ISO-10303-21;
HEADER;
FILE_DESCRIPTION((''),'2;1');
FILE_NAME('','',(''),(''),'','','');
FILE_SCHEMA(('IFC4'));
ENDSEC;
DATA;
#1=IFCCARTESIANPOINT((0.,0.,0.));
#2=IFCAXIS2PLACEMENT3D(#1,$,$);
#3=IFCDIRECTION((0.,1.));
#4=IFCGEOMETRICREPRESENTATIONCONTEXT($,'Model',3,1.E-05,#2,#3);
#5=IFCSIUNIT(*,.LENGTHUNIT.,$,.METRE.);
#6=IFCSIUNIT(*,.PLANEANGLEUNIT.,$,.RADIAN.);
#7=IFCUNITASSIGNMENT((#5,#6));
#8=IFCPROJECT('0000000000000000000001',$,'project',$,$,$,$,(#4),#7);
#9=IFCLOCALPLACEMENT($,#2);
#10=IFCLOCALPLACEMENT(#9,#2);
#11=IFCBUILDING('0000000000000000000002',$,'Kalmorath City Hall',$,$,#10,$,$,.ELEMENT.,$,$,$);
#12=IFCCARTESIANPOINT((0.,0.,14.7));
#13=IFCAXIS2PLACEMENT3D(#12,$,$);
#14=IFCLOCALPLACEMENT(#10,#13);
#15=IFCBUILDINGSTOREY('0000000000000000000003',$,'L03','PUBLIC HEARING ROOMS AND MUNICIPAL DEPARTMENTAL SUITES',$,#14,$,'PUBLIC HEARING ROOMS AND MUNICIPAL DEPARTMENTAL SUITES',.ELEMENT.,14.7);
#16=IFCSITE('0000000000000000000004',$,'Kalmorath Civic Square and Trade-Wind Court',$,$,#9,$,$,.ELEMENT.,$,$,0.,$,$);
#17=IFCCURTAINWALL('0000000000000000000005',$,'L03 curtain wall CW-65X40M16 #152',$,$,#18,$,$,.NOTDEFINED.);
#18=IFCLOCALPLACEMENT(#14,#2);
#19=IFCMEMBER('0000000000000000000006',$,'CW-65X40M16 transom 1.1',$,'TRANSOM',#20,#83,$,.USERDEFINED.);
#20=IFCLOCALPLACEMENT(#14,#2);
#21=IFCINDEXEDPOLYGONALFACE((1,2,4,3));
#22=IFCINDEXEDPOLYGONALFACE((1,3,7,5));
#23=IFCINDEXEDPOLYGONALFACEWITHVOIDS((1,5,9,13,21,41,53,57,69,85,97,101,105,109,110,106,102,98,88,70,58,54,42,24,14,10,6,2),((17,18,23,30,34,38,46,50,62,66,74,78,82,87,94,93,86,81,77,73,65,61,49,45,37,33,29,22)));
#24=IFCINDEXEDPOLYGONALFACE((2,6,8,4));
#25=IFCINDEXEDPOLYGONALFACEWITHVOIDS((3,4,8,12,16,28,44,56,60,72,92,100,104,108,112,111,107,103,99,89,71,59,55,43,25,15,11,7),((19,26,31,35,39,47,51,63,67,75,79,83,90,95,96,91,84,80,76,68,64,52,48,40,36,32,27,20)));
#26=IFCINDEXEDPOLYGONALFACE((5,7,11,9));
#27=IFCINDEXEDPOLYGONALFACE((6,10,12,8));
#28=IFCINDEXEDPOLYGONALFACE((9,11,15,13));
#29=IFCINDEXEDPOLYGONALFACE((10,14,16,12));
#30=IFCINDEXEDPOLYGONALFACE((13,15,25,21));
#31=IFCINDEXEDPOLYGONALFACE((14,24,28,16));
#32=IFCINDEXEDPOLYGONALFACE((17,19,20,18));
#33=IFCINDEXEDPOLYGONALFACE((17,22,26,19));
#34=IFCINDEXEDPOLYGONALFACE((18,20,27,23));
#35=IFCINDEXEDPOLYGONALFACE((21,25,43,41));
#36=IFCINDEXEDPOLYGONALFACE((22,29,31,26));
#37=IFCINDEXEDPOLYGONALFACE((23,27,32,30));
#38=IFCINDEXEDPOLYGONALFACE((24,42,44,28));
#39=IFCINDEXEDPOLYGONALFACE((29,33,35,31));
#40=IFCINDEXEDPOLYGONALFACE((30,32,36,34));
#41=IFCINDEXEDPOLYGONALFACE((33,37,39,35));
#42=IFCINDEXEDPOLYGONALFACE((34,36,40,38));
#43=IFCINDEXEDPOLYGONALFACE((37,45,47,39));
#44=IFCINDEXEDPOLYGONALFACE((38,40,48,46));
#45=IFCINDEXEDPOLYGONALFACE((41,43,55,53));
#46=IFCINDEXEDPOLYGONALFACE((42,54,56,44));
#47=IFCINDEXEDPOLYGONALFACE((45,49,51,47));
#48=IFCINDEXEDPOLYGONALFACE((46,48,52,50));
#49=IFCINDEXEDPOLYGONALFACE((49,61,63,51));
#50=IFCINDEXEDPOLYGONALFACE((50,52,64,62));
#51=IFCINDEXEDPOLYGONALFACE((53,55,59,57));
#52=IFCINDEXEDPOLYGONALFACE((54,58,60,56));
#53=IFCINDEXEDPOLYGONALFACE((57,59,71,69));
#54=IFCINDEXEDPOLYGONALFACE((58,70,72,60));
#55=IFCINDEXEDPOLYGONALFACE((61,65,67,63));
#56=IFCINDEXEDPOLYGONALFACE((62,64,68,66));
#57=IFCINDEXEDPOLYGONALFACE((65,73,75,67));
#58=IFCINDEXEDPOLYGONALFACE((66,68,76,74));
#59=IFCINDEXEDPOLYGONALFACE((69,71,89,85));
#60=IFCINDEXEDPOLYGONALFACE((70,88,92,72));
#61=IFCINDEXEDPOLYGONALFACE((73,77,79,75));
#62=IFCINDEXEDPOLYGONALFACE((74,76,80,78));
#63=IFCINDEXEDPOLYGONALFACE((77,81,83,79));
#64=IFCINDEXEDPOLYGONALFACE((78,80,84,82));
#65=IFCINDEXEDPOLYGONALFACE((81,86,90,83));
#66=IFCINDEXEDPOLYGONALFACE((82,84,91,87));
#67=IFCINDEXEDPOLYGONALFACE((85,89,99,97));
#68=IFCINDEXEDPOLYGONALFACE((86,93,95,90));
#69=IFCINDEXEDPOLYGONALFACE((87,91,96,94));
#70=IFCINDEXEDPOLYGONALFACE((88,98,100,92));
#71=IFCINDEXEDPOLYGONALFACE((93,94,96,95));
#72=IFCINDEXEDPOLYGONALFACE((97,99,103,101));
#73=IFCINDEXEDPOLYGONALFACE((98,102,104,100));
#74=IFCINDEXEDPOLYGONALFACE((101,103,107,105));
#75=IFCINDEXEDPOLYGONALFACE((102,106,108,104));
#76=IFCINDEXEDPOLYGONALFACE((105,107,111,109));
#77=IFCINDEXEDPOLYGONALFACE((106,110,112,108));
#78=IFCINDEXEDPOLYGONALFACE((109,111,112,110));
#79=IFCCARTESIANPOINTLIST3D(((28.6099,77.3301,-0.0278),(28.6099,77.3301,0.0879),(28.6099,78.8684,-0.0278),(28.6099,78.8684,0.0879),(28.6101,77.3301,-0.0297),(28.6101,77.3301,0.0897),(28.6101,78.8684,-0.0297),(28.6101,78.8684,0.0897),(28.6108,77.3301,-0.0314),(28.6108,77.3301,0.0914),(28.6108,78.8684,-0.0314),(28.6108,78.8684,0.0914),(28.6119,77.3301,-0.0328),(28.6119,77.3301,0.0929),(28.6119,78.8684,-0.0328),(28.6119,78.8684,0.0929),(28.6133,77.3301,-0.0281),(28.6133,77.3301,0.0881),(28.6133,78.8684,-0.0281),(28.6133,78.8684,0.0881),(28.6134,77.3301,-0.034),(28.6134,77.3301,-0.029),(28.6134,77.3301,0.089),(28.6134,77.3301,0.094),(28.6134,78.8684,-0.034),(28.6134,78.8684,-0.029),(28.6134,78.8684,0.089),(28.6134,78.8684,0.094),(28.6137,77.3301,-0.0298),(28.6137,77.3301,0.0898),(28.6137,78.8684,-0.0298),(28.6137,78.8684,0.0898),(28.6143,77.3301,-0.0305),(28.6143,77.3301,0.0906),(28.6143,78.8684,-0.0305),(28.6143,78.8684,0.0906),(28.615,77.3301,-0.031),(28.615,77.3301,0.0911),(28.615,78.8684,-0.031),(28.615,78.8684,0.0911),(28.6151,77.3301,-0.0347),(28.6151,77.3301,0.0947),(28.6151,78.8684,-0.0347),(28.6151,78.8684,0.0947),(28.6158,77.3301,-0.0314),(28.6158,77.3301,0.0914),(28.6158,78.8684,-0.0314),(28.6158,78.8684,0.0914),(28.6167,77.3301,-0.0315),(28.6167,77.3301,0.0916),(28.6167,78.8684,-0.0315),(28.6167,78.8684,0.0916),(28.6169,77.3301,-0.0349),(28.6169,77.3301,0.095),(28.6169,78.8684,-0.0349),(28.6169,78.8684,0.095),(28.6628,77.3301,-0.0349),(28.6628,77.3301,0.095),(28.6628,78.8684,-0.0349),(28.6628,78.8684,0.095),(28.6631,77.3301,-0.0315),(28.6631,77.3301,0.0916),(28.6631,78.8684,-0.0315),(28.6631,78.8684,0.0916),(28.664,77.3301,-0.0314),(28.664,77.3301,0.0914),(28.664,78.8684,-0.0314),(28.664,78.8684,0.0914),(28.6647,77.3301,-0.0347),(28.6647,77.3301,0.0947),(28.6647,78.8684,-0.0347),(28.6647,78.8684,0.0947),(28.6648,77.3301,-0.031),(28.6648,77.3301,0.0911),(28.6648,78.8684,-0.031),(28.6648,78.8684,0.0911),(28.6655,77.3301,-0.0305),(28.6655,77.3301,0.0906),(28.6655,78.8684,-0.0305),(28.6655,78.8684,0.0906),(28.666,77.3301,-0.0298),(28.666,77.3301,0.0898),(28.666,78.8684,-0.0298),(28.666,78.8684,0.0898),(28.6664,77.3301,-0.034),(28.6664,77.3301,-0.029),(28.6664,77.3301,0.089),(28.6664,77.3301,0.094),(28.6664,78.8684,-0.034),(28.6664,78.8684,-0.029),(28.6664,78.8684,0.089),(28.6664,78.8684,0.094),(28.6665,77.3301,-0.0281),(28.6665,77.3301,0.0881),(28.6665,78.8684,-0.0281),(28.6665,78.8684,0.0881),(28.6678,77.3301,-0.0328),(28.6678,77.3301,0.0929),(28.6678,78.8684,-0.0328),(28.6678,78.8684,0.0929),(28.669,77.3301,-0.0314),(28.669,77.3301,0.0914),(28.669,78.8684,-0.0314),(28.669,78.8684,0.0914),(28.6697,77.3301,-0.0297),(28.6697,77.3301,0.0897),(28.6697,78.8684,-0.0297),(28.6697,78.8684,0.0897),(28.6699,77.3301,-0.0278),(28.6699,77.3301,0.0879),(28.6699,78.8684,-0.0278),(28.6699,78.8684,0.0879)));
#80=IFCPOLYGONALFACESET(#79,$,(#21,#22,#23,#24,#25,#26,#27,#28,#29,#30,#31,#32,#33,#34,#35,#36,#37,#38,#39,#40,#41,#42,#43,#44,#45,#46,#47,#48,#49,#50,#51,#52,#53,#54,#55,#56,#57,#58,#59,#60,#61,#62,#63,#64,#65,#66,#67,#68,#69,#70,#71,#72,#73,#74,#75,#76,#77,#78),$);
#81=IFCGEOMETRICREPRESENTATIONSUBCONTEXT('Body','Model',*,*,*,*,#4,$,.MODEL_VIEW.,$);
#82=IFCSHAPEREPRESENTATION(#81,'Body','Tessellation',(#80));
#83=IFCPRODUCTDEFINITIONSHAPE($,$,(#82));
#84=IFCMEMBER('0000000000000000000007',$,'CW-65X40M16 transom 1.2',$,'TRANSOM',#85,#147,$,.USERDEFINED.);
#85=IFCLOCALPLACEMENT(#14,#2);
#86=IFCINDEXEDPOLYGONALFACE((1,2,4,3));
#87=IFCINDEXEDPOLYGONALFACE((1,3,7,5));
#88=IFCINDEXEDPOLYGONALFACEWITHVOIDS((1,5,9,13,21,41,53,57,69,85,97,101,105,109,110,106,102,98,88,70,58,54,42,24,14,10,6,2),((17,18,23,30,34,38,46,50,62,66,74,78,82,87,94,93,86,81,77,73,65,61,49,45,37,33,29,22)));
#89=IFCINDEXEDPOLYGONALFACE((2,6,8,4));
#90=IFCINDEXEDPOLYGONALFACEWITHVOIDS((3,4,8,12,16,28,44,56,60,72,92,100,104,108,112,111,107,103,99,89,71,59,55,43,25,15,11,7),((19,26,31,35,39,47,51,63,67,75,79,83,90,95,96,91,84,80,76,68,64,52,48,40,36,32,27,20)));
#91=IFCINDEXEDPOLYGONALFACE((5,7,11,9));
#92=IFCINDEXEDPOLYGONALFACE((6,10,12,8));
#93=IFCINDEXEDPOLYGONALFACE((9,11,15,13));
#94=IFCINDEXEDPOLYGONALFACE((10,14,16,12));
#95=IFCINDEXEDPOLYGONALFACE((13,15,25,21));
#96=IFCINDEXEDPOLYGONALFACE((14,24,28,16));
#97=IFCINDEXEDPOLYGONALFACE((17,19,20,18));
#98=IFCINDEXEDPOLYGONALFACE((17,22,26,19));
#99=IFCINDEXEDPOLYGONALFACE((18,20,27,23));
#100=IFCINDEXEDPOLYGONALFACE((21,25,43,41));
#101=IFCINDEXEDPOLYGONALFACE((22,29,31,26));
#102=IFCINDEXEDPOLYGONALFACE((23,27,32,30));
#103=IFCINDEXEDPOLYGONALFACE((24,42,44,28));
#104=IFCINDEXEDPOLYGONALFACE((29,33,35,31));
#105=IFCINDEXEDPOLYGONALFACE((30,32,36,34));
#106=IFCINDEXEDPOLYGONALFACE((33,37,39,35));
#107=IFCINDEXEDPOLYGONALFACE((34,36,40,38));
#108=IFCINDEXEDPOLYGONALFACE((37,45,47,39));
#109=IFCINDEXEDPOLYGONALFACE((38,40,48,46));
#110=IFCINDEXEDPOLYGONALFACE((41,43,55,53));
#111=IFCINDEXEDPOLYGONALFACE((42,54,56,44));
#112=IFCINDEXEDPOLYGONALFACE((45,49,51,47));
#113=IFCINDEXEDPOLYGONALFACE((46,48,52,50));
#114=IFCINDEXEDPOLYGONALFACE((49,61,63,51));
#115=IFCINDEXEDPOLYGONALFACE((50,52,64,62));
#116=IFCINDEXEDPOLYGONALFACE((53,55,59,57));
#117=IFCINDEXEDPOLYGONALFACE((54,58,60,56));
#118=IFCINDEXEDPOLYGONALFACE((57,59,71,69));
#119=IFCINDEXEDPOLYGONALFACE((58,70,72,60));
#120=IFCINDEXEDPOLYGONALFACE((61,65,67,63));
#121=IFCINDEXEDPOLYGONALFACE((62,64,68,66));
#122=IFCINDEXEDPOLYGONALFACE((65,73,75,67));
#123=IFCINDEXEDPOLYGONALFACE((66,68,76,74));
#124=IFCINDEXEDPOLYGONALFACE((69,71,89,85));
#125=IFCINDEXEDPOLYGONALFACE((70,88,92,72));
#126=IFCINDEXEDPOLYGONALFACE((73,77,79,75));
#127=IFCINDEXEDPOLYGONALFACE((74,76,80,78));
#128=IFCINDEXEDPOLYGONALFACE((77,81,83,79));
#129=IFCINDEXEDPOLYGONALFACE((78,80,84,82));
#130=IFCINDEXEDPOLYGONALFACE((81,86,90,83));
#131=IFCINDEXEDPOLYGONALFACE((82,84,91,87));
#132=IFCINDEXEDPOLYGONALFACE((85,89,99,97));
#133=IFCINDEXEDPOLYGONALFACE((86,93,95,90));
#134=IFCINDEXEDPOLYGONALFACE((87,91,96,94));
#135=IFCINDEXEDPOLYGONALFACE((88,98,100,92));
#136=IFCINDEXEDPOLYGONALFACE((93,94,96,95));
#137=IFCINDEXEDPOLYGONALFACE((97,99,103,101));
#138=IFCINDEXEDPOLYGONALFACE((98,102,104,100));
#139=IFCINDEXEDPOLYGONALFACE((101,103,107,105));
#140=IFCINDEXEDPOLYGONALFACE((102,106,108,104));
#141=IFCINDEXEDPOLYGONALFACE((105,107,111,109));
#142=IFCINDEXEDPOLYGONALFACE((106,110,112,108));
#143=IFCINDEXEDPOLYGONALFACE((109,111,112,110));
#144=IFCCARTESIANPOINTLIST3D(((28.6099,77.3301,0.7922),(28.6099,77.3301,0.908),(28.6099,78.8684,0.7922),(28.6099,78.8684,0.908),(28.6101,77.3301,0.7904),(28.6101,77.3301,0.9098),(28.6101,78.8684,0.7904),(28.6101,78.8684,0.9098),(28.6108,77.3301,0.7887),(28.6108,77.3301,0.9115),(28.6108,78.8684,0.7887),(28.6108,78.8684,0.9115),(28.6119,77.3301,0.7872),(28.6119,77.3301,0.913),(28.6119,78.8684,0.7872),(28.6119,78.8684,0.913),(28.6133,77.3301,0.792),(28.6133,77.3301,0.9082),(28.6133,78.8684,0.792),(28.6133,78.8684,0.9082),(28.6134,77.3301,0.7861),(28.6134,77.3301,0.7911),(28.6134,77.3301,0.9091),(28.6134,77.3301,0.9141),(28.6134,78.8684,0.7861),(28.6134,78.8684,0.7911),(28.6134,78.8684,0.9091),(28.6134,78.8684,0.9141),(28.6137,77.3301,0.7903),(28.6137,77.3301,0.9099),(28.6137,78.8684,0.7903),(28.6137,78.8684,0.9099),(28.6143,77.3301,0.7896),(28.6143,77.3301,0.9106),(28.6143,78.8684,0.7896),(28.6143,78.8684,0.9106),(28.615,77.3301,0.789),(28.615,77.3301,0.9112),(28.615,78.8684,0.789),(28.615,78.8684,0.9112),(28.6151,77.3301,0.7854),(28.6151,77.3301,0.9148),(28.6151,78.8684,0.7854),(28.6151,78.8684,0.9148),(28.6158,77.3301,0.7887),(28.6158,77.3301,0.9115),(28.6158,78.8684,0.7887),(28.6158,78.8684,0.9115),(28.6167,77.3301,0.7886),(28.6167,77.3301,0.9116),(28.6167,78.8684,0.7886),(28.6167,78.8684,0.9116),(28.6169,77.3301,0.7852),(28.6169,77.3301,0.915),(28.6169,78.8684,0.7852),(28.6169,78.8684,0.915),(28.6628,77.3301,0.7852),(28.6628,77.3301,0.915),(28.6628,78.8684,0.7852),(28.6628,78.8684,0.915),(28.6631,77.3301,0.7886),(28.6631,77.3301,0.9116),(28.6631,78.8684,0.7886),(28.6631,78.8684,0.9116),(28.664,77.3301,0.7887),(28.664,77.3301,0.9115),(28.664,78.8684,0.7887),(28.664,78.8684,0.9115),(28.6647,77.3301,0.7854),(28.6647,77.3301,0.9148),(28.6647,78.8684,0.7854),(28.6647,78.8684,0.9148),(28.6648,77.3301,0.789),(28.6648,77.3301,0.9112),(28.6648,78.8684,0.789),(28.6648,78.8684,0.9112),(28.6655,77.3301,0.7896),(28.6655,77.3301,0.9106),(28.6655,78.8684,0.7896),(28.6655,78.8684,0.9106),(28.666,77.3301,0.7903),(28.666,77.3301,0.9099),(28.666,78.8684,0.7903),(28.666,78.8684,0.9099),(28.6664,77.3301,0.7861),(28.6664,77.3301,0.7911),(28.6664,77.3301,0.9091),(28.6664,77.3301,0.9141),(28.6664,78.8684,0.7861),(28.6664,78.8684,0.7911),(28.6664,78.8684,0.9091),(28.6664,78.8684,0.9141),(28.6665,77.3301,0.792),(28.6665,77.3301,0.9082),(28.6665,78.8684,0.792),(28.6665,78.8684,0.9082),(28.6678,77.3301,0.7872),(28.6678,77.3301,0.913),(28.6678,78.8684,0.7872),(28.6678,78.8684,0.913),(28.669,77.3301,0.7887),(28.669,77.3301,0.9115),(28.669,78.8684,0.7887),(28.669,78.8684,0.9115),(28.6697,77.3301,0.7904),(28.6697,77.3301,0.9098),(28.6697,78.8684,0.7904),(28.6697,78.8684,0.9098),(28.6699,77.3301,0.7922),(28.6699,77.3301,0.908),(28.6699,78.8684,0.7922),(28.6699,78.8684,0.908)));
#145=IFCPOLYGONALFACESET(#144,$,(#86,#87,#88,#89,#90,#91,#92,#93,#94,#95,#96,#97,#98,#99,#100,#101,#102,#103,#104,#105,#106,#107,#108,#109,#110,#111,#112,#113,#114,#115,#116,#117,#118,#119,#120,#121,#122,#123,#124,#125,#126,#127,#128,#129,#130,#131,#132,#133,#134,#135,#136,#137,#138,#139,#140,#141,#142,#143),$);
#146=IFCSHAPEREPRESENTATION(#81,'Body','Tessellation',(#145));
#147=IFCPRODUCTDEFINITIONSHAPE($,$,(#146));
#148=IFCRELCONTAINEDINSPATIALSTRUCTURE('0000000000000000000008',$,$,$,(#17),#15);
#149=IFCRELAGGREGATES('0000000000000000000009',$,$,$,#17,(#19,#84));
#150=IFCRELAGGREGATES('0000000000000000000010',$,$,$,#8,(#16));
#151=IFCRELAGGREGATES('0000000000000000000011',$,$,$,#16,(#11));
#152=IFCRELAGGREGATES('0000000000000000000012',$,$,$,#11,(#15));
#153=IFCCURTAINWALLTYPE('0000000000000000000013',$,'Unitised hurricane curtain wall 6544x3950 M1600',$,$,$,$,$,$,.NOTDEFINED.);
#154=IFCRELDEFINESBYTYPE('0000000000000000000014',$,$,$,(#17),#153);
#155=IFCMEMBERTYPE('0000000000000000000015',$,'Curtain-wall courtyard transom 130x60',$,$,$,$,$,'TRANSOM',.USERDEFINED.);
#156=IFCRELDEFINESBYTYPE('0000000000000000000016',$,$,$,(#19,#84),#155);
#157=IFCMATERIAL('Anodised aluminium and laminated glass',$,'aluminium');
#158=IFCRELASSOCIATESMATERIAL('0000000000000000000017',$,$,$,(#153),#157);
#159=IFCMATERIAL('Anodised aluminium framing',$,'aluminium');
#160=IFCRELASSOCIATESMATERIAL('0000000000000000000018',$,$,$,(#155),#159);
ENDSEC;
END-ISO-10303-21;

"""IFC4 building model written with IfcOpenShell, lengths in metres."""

from ifc_helpers import new_model, si_unit, direction, frame, origin, origin_2d, place, context, subcontext, project, spatial, hollow_rectangle, extrude, material, material_profile, profile_set, type_object, element, aggregate, save


model = new_model("IFC4")

# Units and contexts
model_context = context("Model", 3, precision=1e-05, world=origin(), true_north=direction((0.0, 1.0)))
body_context = subcontext(model_context, "Body", "Model", "MODEL_VIEW")
ifc_project = project(units=[si_unit("LENGTHUNIT", "METRE"), si_unit("PLANEANGLEUNIT", "RADIAN")], contexts=[model_context])

# Site, building, storey
site_placement = place(None, origin())
site = spatial("IfcSite", under=ifc_project, at=site_placement, Name="Kalmorath Civic Square and Trade-Wind Court", CompositionType="ELEMENT", RefElevation=0.0)
building_placement = place(site_placement, origin())
building = spatial("IfcBuilding", under=site, at=building_placement, Name="Kalmorath City Hall", CompositionType="ELEMENT")
storey_placement = place(building_placement, frame((0.0, 0.0, 14.7)))
storey = spatial("IfcBuildingStorey", under=building, at=storey_placement, Name="L03", Description="PUBLIC HEARING ROOMS AND MUNICIPAL DEPARTMENTAL SUITES", LongName="PUBLIC HEARING ROOMS AND MUNICIPAL DEPARTMENTAL SUITES", CompositionType="ELEMENT", Elevation=14.7)

# Curtain wall, members
ifc_material_1 = material(Name="Anodised aluminium and laminated glass", Category="aluminium")
curtain_wall_type = type_object("IfcCurtainWallType", Name="Unitised hurricane curtain wall 6544x3950 M1600", PredefinedType="NOTDEFINED", material=ifc_material_1)
curtain_wall_placement = place(storey_placement, origin())
curtain_wall = element("IfcCurtainWall", 1, at=curtain_wall_placement, inside=storey, type_object=curtain_wall_type, Name="L03 curtain wall CW-65X40M16 #152", PredefinedType="NOTDEFINED")
ifc_material_2 = material(Name="Anodised aluminium framing", Category="aluminium")
ifc_material_profile_1 = material_profile(ifc_material_2, hollow_rectangle(XDim=0.0601, YDim=0.1299, WallThickness=0.0034, InnerFilletRadius=0.0034, OuterFilletRadius=0.0071, at=origin_2d()), Name="ALU-TRN-130X60X3.5")
ifc_profile_set_1 = profile_set([ifc_material_profile_1], Name="Anodised aluminium framing")
member_type_1 = type_object("IfcMemberType", Name="Curtain-wall courtyard transom 130x60", ElementType="TRANSOM", PredefinedType="USERDEFINED", material=ifc_profile_set_1)
member_1_placement = place(storey_placement, frame((28.6399, 78.8684, 0.03), z_axis=(0.0, -1.0, 0.0), x_axis=(1.0, 0.0, 0.0)))
member_1 = element("IfcMember", 2, at=member_1_placement, type_object=member_type_1, Name="CW-65X40M16 transom 1.1", ObjectType="TRANSOM", PredefinedType="USERDEFINED", context=body_context, shape_type="SweptSolid", body=[
    extrude(hollow_rectangle(XDim=0.0601, YDim=0.1299, WallThickness=0.0034, InnerFilletRadius=0.0034, OuterFilletRadius=0.0071, at=origin_2d()), origin(), (0.0, 0.0, 1.0), 1.5383),
])
member_2_placement = place(storey_placement, frame((28.6399, 78.8684, 0.8501), z_axis=(0.0, -1.0, 0.0), x_axis=(1.0, 0.0, 0.0)))
member_2 = element("IfcMember", 3, at=member_2_placement, type_object=member_type_1, Name="CW-65X40M16 transom 1.2", ObjectType="TRANSOM", PredefinedType="USERDEFINED", context=body_context, shape_type="SweptSolid", body=[
    extrude(hollow_rectangle(XDim=0.0601, YDim=0.1299, WallThickness=0.0034, InnerFilletRadius=0.0034, OuterFilletRadius=0.0071, at=origin_2d()), origin(), (0.0, 0.0, 1.0), 1.5383),
])

aggregate(curtain_wall, [member_1, member_2])

save(model, "model.ifc")
